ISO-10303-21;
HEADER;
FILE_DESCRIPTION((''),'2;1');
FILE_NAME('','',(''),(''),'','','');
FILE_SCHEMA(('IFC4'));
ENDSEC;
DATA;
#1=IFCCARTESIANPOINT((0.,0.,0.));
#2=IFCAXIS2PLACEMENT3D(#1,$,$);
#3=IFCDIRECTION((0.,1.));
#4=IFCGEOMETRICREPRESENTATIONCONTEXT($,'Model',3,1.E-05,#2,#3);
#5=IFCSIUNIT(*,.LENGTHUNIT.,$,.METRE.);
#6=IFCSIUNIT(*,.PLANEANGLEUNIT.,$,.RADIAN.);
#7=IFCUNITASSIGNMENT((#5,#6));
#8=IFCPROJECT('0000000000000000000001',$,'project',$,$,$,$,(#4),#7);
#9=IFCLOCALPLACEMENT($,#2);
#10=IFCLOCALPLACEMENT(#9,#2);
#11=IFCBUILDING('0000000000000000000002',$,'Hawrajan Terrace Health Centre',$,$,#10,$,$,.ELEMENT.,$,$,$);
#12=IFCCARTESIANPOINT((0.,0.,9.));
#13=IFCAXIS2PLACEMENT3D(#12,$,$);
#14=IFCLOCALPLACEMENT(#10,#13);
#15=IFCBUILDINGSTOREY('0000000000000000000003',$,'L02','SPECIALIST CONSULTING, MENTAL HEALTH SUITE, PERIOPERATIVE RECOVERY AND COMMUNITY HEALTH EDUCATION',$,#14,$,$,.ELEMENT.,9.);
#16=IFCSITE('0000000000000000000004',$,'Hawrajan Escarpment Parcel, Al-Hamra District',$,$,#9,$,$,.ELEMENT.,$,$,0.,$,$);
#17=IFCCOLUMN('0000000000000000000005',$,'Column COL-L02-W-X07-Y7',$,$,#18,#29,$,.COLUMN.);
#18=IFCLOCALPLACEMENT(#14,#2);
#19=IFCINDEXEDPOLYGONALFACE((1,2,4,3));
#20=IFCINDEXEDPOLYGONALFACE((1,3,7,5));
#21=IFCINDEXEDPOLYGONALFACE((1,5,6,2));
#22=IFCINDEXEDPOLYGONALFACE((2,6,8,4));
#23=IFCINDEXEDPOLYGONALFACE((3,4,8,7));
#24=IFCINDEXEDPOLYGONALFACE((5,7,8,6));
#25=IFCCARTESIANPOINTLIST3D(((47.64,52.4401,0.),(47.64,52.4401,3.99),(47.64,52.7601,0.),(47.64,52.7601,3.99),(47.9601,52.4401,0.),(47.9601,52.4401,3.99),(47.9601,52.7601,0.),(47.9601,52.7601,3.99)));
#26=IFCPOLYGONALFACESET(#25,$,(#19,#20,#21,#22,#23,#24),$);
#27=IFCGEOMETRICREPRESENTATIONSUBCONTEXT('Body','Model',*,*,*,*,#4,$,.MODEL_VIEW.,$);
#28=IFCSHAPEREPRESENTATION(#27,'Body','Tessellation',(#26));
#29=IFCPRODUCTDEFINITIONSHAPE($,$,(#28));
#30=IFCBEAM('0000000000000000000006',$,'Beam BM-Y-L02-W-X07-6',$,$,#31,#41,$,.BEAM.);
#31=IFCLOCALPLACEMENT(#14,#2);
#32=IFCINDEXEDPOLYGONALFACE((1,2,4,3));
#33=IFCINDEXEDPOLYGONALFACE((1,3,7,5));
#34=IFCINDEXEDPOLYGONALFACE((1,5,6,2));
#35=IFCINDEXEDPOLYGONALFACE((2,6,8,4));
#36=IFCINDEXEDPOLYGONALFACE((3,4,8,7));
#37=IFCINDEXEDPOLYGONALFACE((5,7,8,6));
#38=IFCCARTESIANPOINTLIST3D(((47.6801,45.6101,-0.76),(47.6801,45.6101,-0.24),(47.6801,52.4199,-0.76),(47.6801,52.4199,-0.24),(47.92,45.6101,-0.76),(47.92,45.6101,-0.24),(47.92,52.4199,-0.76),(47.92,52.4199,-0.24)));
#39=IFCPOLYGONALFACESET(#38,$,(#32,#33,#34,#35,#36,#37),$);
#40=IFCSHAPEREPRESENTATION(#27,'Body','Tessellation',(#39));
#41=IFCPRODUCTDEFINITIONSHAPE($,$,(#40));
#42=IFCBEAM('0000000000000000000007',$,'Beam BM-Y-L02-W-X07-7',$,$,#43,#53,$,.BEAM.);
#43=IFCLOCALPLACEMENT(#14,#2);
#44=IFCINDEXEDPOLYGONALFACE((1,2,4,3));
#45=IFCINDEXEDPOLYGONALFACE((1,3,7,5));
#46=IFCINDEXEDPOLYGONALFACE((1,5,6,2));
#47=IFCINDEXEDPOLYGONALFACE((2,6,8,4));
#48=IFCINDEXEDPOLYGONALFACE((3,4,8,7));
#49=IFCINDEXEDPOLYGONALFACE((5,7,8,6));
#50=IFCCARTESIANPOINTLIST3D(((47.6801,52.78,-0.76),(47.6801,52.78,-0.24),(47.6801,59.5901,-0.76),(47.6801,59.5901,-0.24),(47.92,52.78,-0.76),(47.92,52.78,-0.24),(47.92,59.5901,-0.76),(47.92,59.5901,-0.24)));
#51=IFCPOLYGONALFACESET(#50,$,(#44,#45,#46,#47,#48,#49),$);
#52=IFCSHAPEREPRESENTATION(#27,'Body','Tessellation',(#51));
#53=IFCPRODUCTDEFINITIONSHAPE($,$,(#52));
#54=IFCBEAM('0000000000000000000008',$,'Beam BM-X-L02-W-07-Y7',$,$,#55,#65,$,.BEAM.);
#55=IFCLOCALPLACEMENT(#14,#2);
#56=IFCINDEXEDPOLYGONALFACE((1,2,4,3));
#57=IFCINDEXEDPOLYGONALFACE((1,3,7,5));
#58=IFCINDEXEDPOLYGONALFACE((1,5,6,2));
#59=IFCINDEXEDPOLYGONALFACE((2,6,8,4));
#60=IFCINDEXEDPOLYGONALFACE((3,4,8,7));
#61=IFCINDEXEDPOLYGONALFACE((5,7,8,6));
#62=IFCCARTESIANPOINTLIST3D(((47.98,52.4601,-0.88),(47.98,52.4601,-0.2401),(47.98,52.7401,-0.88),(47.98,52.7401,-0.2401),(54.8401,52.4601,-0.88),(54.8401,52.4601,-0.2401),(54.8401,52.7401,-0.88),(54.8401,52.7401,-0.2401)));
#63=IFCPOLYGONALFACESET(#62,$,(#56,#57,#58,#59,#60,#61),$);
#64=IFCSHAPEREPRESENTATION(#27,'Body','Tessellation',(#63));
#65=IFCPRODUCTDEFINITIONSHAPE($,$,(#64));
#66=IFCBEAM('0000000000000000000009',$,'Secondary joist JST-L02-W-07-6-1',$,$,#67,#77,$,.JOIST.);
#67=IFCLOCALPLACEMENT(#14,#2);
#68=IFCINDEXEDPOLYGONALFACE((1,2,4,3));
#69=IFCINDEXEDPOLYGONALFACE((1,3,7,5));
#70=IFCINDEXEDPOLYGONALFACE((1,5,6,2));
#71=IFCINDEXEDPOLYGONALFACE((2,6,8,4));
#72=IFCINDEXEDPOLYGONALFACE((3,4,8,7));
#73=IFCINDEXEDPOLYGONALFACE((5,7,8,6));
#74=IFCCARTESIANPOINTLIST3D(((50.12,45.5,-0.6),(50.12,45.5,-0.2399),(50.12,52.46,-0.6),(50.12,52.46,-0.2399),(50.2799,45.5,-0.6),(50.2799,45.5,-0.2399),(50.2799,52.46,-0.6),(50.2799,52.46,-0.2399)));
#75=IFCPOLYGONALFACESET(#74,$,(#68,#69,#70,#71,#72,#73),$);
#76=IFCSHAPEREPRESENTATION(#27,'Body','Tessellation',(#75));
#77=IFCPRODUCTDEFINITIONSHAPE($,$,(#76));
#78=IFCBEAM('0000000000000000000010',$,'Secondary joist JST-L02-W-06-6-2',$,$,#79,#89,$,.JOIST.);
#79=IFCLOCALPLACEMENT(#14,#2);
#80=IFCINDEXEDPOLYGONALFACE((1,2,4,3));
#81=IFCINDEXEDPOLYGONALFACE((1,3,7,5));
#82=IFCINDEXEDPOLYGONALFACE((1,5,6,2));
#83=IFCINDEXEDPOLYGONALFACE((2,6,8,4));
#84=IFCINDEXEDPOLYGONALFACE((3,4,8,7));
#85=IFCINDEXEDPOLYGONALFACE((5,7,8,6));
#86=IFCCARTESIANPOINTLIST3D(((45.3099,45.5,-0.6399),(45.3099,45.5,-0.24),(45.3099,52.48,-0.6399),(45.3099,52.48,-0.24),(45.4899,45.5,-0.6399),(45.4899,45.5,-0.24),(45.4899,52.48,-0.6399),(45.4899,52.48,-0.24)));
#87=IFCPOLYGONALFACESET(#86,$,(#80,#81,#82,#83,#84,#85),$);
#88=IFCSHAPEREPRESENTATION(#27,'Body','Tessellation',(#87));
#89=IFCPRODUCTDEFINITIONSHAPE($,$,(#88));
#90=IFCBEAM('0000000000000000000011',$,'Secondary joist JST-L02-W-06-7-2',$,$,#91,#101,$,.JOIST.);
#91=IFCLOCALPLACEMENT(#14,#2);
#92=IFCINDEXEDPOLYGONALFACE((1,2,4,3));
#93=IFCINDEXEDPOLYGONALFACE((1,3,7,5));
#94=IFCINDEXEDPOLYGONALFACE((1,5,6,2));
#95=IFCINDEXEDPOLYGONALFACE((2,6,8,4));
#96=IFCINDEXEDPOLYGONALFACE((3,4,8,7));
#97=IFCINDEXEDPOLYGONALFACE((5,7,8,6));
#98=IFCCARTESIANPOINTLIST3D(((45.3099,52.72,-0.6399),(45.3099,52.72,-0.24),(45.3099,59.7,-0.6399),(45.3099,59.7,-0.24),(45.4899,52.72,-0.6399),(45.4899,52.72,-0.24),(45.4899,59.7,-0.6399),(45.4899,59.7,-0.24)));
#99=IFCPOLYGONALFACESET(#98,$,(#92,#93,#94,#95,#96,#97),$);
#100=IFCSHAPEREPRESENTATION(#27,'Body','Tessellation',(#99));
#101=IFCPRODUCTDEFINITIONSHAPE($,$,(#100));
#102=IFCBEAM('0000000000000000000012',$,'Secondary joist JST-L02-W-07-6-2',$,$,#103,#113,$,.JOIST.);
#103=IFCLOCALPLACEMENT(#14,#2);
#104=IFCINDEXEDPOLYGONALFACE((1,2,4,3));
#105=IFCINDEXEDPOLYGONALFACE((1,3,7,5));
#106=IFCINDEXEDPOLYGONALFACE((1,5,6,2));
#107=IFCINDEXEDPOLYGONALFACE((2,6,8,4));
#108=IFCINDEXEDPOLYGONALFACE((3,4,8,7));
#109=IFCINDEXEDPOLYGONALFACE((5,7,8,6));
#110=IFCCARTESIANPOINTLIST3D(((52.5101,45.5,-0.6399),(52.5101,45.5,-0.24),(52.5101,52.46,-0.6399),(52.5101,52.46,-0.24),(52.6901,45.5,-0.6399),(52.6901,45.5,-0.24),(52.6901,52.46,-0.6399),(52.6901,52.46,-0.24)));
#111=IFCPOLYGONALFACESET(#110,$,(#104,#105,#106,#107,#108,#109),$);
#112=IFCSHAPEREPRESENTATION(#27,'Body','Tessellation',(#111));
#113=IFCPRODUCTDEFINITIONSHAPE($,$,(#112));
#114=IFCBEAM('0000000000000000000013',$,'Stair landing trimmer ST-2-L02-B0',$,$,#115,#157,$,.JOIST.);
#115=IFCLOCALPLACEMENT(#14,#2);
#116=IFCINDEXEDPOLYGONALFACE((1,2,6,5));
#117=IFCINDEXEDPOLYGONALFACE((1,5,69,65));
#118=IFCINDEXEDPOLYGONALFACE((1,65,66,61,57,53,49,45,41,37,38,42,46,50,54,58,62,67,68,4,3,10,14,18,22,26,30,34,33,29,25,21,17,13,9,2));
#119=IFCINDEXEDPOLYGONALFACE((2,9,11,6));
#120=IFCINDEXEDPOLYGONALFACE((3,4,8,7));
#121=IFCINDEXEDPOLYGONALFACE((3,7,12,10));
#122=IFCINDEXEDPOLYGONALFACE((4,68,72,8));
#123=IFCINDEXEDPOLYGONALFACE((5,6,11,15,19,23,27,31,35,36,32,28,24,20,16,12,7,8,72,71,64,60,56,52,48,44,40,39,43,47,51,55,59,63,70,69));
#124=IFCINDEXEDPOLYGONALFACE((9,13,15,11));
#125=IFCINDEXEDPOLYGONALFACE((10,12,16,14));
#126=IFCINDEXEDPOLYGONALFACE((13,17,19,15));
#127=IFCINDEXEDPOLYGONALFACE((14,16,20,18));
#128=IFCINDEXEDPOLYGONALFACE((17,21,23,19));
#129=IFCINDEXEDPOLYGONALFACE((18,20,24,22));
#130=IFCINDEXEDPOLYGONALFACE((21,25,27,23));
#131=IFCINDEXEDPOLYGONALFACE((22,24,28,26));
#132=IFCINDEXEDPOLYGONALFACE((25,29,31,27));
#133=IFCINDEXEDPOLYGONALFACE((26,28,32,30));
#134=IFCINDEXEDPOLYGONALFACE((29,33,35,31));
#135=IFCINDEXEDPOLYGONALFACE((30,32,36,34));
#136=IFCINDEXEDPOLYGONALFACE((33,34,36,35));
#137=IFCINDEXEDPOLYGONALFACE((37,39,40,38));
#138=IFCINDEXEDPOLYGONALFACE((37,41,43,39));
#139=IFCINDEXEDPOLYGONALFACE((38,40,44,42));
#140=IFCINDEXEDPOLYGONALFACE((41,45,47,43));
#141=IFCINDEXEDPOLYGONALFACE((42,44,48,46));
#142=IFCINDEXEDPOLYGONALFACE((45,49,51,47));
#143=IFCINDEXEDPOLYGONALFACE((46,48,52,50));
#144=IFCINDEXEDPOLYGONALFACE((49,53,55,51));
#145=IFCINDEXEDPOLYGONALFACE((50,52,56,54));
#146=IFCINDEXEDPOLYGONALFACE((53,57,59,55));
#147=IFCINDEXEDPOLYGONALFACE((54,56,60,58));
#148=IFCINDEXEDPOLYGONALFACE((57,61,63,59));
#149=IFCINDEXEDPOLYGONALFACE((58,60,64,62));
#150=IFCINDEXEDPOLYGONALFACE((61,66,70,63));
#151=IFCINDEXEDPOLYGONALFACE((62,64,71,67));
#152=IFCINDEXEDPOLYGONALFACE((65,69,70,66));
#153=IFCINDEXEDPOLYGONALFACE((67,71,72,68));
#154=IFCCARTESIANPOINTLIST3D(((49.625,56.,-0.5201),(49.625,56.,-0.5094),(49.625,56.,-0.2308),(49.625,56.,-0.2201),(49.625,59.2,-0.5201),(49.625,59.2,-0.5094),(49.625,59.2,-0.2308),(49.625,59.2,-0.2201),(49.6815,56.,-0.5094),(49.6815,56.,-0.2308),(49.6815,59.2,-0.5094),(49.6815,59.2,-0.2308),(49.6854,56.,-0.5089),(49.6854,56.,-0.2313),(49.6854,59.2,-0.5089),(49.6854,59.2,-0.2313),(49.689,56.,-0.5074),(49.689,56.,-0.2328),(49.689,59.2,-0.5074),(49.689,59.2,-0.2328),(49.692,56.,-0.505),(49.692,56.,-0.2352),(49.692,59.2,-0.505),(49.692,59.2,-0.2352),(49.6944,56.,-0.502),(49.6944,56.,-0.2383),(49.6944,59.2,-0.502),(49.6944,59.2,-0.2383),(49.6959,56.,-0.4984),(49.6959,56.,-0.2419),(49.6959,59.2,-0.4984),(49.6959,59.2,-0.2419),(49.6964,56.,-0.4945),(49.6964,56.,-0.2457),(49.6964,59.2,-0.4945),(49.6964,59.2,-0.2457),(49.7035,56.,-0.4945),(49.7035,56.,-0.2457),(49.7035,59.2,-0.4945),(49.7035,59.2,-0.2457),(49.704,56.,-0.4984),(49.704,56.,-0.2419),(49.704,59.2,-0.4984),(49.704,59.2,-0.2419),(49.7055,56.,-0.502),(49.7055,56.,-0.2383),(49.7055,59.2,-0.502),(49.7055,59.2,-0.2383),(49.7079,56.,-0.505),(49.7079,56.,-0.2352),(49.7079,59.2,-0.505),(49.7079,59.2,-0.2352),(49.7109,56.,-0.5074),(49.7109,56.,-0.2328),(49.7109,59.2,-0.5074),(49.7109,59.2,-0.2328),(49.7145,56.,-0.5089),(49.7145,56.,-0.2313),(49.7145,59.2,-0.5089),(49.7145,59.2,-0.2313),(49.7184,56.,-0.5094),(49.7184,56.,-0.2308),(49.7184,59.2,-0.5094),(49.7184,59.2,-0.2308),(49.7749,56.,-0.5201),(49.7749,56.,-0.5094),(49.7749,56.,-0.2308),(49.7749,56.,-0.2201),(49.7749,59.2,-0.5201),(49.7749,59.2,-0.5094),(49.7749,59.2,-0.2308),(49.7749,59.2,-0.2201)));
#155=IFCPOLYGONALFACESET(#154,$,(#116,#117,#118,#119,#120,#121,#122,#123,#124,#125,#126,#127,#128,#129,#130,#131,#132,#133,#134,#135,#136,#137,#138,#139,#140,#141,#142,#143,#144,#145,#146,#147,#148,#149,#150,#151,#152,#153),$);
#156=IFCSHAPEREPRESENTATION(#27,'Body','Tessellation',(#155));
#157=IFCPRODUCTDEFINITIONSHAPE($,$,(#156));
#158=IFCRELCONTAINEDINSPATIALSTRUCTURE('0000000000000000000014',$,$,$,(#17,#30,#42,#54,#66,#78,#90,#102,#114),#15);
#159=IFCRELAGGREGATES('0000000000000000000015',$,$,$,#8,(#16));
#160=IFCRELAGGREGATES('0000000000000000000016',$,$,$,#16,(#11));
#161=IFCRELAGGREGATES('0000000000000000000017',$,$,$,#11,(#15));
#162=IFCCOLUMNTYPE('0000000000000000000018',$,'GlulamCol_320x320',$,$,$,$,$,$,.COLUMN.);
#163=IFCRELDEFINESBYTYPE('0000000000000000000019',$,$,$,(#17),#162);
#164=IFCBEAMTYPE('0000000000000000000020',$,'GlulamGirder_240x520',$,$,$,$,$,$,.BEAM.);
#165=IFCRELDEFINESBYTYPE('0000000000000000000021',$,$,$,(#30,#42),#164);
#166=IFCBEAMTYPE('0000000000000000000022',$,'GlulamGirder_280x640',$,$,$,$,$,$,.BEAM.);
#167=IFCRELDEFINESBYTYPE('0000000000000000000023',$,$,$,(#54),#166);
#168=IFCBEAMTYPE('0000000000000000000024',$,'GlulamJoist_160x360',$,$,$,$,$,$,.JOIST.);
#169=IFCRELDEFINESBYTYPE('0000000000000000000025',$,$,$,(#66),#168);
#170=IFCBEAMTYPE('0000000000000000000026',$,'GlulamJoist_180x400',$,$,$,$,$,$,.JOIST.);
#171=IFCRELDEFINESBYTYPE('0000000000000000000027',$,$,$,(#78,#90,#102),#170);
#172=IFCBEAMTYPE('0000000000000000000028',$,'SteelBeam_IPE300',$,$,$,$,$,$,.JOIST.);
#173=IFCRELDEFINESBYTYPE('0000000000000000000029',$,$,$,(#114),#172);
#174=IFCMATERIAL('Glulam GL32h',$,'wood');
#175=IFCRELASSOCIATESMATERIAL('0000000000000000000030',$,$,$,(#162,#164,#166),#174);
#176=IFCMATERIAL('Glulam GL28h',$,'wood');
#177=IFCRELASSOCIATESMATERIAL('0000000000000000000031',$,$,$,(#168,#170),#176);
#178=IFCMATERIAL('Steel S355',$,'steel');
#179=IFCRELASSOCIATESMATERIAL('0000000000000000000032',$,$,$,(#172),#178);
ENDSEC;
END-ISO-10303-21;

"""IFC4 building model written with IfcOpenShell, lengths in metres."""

from ifc_helpers import new_model, si_unit, direction, frame, origin, origin_2d, place, context, subcontext, project, spatial, rectangle, i_section, extrude, material, material_profile, profile_set, type_object, element, save


model = new_model("IFC4")

# Units and contexts
model_context = context("Model", 3, precision=1e-05, world=origin(), true_north=direction((0.0, 1.0)))
body_context = subcontext(model_context, "Body", "Model", "MODEL_VIEW")
ifc_project = project(units=[si_unit("LENGTHUNIT", "METRE"), si_unit("PLANEANGLEUNIT", "RADIAN")], contexts=[model_context])

# Site, building, storey
site_placement = place(None, origin())
site = spatial("IfcSite", under=ifc_project, at=site_placement, Name="Hawrajan Escarpment Parcel, Al-Hamra District", CompositionType="ELEMENT", RefElevation=0.0)
building_placement = place(site_placement, origin())
building = spatial("IfcBuilding", under=site, at=building_placement, Name="Hawrajan Terrace Health Centre", CompositionType="ELEMENT")
storey_placement = place(building_placement, frame((0.0, 0.0, 9.0)))
storey = spatial("IfcBuildingStorey", under=building, at=storey_placement, Name="L02", Description="SPECIALIST CONSULTING, MENTAL HEALTH SUITE, PERIOPERATIVE RECOVERY AND COMMUNITY HEALTH EDUCATION", CompositionType="ELEMENT", Elevation=9.0)

# Column
ifc_material_1 = material(Name="Glulam GL32h", Category="wood")
ifc_material_profile_1 = material_profile(ifc_material_1, rectangle(XDim=0.3201, YDim=0.3201, at=origin_2d()), Name="GL 320x320")
ifc_profile_set_1 = profile_set([ifc_material_profile_1], Name="Glulam GL32h")
column_type = type_object("IfcColumnType", Name="GlulamCol_320x320", PredefinedType="COLUMN", material=ifc_profile_set_1)
column_placement = place(storey_placement, frame((47.8, 52.6001, 0.0), z_axis=(0.0, 0.0, 1.0), x_axis=(1.0, 0.0, 0.0)))
element("IfcColumn", 1, at=column_placement, inside=storey, type_object=column_type, Name="Column COL-L02-W-X07-Y7", PredefinedType="COLUMN", context=body_context, shape_type="SweptSolid", body=[
    extrude(rectangle(XDim=0.3201, YDim=0.3201, at=origin_2d()), origin(), (0.0, 0.0, 1.0), 3.99),
])

# Beams
ifc_material_profile_2 = material_profile(ifc_material_1, rectangle(XDim=0.24, YDim=0.52, at=origin_2d()), Name="GL BM 240x520")
ifc_profile_set_2 = profile_set([ifc_material_profile_2], Name="Glulam GL32h")
beam_type_1 = type_object("IfcBeamType", Name="GlulamGirder_240x520", PredefinedType="BEAM", material=ifc_profile_set_2)
beam_1_placement = place(storey_placement, frame((47.8, 45.6101, -0.5), z_axis=(0.0, 1.0, 0.0), x_axis=(-1.0, 0.0, 0.0)))
element("IfcBeam", 2, at=beam_1_placement, inside=storey, type_object=beam_type_1, Name="Beam BM-Y-L02-W-X07-6", PredefinedType="BEAM", context=body_context, shape_type="SweptSolid", body=[
    extrude(rectangle(XDim=0.24, YDim=0.52, at=origin_2d()), origin(), (0.0, 0.0, 1.0), 6.8098),
])
beam_2_placement = place(storey_placement, frame((47.8, 52.78, -0.5), z_axis=(0.0, 1.0, 0.0), x_axis=(-1.0, 0.0, 0.0)))
element("IfcBeam", 3, at=beam_2_placement, inside=storey, type_object=beam_type_1, Name="Beam BM-Y-L02-W-X07-7", PredefinedType="BEAM", context=body_context, shape_type="SweptSolid", body=[
    extrude(rectangle(XDim=0.24, YDim=0.52, at=origin_2d()), origin(), (0.0, 0.0, 1.0), 6.8101),
])
ifc_material_profile_3 = material_profile(ifc_material_1, rectangle(XDim=0.28, YDim=0.6399, at=origin_2d()), Name="GL BM 280x640")
ifc_profile_set_3 = profile_set([ifc_material_profile_3], Name="Glulam GL32h")
beam_type_2 = type_object("IfcBeamType", Name="GlulamGirder_280x640", PredefinedType="BEAM", material=ifc_profile_set_3)
beam_3_placement = place(storey_placement, frame((47.98, 52.6001, -0.5601), z_axis=(1.0, 0.0, 0.0), x_axis=(0.0, 1.0, 0.0)))
element("IfcBeam", 4, at=beam_3_placement, inside=storey, type_object=beam_type_2, Name="Beam BM-X-L02-W-07-Y7", PredefinedType="BEAM", context=body_context, shape_type="SweptSolid", body=[
    extrude(rectangle(XDim=0.28, YDim=0.6399, at=origin_2d()), origin(), (0.0, 0.0, 1.0), 6.8601),
])
ifc_material_2 = material(Name="Glulam GL28h", Category="wood")
ifc_material_profile_4 = material_profile(ifc_material_2, rectangle(XDim=0.1599, YDim=0.3601, at=origin_2d()), Name="GL JST 160x360")
ifc_profile_set_4 = profile_set([ifc_material_profile_4], Name="Glulam GL28h")
beam_type_3 = type_object("IfcBeamType", Name="GlulamJoist_160x360", PredefinedType="JOIST", material=ifc_profile_set_4)
beam_4_placement = place(storey_placement, frame((50.2, 45.5, -0.4199), z_axis=(0.0, 1.0, 0.0), x_axis=(-1.0, 0.0, 0.0)))
element("IfcBeam", 5, at=beam_4_placement, inside=storey, type_object=beam_type_3, Name="Secondary joist JST-L02-W-07-6-1", PredefinedType="JOIST", context=body_context, shape_type="SweptSolid", body=[
    extrude(rectangle(XDim=0.1599, YDim=0.3601, at=origin_2d()), origin(), (0.0, 0.0, 1.0), 6.96),
])
ifc_material_profile_5 = material_profile(ifc_material_2, rectangle(XDim=0.1799, YDim=0.3999, at=origin_2d()), Name="GL JST 180x400")
ifc_profile_set_5 = profile_set([ifc_material_profile_5], Name="Glulam GL28h")
beam_type_4 = type_object("IfcBeamType", Name="GlulamJoist_180x400", PredefinedType="JOIST", material=ifc_profile_set_5)
for number, where, z_axis, x_axis, name in (
    (6, (45.3999, 45.5, -0.4399), (0.0, 1.0, 0.0), (-1.0, 0.0, 0.0), "Secondary joist JST-L02-W-06-6-2"),
    (7, (45.3999, 52.72, -0.4399), (0.0, 1.0, 0.0), (-1.0, 0.0, 0.0), "Secondary joist JST-L02-W-06-7-2"),
):
    element("IfcBeam", number, at=place(storey_placement, frame(where, z_axis=z_axis, x_axis=x_axis)), inside=storey, type_object=beam_type_4, Name=name, PredefinedType="JOIST", context=body_context, shape_type="SweptSolid", body=[
        extrude(rectangle(XDim=0.1799, YDim=0.3999, at=origin_2d()), origin(), (0.0, 0.0, 1.0), 6.98),
    ])
beam_5_placement = place(storey_placement, frame((52.6001, 45.5, -0.4399), z_axis=(0.0, 1.0, 0.0), x_axis=(-1.0, 0.0, 0.0)))
element("IfcBeam", 8, at=beam_5_placement, inside=storey, type_object=beam_type_4, Name="Secondary joist JST-L02-W-07-6-2", PredefinedType="JOIST", context=body_context, shape_type="SweptSolid", body=[
    extrude(rectangle(XDim=0.1799, YDim=0.3999, at=origin_2d()), origin(), (0.0, 0.0, 1.0), 6.96),
])
ifc_material_3 = material(Name="Steel S355", Category="steel")
ifc_material_profile_6 = material_profile(ifc_material_3, i_section(OverallWidth=0.1499, OverallDepth=0.3, WebThickness=0.0071, FlangeThickness=0.0107, FilletRadius=0.0149, at=origin_2d()), Name="IPE 300")
ifc_profile_set_6 = profile_set([ifc_material_profile_6], Name="Steel S355")
beam_type_5 = type_object("IfcBeamType", Name="SteelBeam_IPE300", PredefinedType="JOIST", material=ifc_profile_set_6)
beam_6_placement = place(storey_placement, frame((49.7, 56.0, -0.3701), z_axis=(0.0, 1.0, 0.0), x_axis=(-1.0, 0.0, 0.0)))
element("IfcBeam", 9, at=beam_6_placement, inside=storey, type_object=beam_type_5, Name="Stair landing trimmer ST-2-L02-B0", PredefinedType="JOIST", context=body_context, shape_type="SweptSolid", body=[
    extrude(i_section(OverallWidth=0.1499, OverallDepth=0.3, WebThickness=0.0071, FlangeThickness=0.0107, FilletRadius=0.0149, at=origin_2d()), origin(), (0.0, 0.0, 1.0), 3.2),
])

save(model, "model.ifc")
